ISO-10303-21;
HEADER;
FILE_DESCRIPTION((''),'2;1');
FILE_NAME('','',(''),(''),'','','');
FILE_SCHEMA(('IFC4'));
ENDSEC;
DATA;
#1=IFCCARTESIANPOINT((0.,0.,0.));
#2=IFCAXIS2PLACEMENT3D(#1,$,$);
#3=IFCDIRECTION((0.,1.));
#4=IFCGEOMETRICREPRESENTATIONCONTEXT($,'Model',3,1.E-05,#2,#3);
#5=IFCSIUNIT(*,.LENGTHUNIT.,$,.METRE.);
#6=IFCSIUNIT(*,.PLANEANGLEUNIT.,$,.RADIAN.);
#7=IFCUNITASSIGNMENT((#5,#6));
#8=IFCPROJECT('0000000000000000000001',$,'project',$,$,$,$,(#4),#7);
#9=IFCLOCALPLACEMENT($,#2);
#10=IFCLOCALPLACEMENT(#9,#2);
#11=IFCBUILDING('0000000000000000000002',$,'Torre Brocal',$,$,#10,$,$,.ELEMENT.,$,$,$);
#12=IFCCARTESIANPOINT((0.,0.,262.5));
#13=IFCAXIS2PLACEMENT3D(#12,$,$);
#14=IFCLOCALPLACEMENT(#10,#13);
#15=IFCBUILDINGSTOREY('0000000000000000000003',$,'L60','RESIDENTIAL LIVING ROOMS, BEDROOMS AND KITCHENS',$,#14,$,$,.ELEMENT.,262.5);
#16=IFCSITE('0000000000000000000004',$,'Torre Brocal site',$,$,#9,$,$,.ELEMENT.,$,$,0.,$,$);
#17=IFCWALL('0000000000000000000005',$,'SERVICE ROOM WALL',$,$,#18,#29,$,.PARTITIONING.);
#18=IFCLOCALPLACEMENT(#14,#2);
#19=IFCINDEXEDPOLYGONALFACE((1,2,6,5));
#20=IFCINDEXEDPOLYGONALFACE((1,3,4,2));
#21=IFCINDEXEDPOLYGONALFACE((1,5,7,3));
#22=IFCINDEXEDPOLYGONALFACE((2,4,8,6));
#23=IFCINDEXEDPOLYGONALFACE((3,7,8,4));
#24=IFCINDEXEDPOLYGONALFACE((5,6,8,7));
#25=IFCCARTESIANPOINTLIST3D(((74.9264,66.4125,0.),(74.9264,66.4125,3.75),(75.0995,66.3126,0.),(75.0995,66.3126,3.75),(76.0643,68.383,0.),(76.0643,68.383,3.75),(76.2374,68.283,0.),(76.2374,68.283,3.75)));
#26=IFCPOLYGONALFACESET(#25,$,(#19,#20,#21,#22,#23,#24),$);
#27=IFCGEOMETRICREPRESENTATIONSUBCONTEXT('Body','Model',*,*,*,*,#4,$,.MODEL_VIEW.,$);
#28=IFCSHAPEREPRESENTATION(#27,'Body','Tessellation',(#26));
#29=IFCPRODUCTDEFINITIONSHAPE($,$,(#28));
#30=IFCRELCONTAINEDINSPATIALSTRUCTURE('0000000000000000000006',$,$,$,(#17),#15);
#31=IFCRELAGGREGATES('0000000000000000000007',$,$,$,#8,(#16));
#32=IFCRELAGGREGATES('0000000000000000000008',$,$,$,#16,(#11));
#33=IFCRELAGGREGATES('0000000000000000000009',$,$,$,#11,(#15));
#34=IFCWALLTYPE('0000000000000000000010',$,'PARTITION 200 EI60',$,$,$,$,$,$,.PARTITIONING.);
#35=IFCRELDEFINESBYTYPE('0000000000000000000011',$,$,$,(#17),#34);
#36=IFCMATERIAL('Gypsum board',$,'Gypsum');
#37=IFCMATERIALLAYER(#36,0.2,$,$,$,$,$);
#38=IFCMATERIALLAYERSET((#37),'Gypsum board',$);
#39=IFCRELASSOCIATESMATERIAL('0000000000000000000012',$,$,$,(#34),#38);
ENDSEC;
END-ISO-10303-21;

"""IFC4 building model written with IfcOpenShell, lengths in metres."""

from ifc_helpers import new_model, si_unit, direction, frame, frame_2d, origin, place, context, subcontext, project, spatial, rectangle, extrude, material, layer, layer_set, type_object, element, save


model = new_model("IFC4")

# Units and contexts
model_context = context("Model", 3, precision=1e-05, world=origin(), true_north=direction((0.0, 1.0)))
body_context = subcontext(model_context, "Body", "Model", "MODEL_VIEW")
ifc_project = project(units=[si_unit("LENGTHUNIT", "METRE"), si_unit("PLANEANGLEUNIT", "RADIAN")], contexts=[model_context])

# Site, building, storey
site_placement = place(None, origin())
site = spatial("IfcSite", under=ifc_project, at=site_placement, Name="Torre Brocal site", CompositionType="ELEMENT", RefElevation=0.0)
building_placement = place(site_placement, origin())
building = spatial("IfcBuilding", under=site, at=building_placement, Name="Torre Brocal", CompositionType="ELEMENT")
storey_placement = place(building_placement, frame((0.0, 0.0, 262.5)))
storey = spatial("IfcBuildingStorey", under=building, at=storey_placement, Name="L60", Description="RESIDENTIAL LIVING ROOMS, BEDROOMS AND KITCHENS", CompositionType="ELEMENT", Elevation=262.5)

# Shared definitions
ifc_material_1 = material(Name="Gypsum board", Category="Gypsum")
ifc_layer_1 = layer(ifc_material_1, 0.2)
ifc_layer_set_1 = layer_set([ifc_layer_1], Name="Gypsum board")
wall_type_1 = type_object("IfcWallType", Name="PARTITION 200 EI60", PredefinedType="PARTITIONING", material=ifc_layer_set_1)

# Wall
wall_1_placement = place(storey_placement, frame((75.0129, 66.3625, 0.0), z_axis=(0.0, 0.0, 1.0), x_axis=(0.500097, 0.865969, 0.0)))
element("IfcWall", 1, at=wall_1_placement, inside=storey, type_object=wall_type_1, Name="SERVICE ROOM WALL", PredefinedType="PARTITIONING", context=body_context, shape_type="SweptSolid", body=[
    extrude(rectangle(XDim=2.2754, YDim=0.2, at=frame_2d((1.1377, 0.0))), origin(), (0.0, 0.0, 1.0), 3.75),
])

save(model, "model.ifc")
